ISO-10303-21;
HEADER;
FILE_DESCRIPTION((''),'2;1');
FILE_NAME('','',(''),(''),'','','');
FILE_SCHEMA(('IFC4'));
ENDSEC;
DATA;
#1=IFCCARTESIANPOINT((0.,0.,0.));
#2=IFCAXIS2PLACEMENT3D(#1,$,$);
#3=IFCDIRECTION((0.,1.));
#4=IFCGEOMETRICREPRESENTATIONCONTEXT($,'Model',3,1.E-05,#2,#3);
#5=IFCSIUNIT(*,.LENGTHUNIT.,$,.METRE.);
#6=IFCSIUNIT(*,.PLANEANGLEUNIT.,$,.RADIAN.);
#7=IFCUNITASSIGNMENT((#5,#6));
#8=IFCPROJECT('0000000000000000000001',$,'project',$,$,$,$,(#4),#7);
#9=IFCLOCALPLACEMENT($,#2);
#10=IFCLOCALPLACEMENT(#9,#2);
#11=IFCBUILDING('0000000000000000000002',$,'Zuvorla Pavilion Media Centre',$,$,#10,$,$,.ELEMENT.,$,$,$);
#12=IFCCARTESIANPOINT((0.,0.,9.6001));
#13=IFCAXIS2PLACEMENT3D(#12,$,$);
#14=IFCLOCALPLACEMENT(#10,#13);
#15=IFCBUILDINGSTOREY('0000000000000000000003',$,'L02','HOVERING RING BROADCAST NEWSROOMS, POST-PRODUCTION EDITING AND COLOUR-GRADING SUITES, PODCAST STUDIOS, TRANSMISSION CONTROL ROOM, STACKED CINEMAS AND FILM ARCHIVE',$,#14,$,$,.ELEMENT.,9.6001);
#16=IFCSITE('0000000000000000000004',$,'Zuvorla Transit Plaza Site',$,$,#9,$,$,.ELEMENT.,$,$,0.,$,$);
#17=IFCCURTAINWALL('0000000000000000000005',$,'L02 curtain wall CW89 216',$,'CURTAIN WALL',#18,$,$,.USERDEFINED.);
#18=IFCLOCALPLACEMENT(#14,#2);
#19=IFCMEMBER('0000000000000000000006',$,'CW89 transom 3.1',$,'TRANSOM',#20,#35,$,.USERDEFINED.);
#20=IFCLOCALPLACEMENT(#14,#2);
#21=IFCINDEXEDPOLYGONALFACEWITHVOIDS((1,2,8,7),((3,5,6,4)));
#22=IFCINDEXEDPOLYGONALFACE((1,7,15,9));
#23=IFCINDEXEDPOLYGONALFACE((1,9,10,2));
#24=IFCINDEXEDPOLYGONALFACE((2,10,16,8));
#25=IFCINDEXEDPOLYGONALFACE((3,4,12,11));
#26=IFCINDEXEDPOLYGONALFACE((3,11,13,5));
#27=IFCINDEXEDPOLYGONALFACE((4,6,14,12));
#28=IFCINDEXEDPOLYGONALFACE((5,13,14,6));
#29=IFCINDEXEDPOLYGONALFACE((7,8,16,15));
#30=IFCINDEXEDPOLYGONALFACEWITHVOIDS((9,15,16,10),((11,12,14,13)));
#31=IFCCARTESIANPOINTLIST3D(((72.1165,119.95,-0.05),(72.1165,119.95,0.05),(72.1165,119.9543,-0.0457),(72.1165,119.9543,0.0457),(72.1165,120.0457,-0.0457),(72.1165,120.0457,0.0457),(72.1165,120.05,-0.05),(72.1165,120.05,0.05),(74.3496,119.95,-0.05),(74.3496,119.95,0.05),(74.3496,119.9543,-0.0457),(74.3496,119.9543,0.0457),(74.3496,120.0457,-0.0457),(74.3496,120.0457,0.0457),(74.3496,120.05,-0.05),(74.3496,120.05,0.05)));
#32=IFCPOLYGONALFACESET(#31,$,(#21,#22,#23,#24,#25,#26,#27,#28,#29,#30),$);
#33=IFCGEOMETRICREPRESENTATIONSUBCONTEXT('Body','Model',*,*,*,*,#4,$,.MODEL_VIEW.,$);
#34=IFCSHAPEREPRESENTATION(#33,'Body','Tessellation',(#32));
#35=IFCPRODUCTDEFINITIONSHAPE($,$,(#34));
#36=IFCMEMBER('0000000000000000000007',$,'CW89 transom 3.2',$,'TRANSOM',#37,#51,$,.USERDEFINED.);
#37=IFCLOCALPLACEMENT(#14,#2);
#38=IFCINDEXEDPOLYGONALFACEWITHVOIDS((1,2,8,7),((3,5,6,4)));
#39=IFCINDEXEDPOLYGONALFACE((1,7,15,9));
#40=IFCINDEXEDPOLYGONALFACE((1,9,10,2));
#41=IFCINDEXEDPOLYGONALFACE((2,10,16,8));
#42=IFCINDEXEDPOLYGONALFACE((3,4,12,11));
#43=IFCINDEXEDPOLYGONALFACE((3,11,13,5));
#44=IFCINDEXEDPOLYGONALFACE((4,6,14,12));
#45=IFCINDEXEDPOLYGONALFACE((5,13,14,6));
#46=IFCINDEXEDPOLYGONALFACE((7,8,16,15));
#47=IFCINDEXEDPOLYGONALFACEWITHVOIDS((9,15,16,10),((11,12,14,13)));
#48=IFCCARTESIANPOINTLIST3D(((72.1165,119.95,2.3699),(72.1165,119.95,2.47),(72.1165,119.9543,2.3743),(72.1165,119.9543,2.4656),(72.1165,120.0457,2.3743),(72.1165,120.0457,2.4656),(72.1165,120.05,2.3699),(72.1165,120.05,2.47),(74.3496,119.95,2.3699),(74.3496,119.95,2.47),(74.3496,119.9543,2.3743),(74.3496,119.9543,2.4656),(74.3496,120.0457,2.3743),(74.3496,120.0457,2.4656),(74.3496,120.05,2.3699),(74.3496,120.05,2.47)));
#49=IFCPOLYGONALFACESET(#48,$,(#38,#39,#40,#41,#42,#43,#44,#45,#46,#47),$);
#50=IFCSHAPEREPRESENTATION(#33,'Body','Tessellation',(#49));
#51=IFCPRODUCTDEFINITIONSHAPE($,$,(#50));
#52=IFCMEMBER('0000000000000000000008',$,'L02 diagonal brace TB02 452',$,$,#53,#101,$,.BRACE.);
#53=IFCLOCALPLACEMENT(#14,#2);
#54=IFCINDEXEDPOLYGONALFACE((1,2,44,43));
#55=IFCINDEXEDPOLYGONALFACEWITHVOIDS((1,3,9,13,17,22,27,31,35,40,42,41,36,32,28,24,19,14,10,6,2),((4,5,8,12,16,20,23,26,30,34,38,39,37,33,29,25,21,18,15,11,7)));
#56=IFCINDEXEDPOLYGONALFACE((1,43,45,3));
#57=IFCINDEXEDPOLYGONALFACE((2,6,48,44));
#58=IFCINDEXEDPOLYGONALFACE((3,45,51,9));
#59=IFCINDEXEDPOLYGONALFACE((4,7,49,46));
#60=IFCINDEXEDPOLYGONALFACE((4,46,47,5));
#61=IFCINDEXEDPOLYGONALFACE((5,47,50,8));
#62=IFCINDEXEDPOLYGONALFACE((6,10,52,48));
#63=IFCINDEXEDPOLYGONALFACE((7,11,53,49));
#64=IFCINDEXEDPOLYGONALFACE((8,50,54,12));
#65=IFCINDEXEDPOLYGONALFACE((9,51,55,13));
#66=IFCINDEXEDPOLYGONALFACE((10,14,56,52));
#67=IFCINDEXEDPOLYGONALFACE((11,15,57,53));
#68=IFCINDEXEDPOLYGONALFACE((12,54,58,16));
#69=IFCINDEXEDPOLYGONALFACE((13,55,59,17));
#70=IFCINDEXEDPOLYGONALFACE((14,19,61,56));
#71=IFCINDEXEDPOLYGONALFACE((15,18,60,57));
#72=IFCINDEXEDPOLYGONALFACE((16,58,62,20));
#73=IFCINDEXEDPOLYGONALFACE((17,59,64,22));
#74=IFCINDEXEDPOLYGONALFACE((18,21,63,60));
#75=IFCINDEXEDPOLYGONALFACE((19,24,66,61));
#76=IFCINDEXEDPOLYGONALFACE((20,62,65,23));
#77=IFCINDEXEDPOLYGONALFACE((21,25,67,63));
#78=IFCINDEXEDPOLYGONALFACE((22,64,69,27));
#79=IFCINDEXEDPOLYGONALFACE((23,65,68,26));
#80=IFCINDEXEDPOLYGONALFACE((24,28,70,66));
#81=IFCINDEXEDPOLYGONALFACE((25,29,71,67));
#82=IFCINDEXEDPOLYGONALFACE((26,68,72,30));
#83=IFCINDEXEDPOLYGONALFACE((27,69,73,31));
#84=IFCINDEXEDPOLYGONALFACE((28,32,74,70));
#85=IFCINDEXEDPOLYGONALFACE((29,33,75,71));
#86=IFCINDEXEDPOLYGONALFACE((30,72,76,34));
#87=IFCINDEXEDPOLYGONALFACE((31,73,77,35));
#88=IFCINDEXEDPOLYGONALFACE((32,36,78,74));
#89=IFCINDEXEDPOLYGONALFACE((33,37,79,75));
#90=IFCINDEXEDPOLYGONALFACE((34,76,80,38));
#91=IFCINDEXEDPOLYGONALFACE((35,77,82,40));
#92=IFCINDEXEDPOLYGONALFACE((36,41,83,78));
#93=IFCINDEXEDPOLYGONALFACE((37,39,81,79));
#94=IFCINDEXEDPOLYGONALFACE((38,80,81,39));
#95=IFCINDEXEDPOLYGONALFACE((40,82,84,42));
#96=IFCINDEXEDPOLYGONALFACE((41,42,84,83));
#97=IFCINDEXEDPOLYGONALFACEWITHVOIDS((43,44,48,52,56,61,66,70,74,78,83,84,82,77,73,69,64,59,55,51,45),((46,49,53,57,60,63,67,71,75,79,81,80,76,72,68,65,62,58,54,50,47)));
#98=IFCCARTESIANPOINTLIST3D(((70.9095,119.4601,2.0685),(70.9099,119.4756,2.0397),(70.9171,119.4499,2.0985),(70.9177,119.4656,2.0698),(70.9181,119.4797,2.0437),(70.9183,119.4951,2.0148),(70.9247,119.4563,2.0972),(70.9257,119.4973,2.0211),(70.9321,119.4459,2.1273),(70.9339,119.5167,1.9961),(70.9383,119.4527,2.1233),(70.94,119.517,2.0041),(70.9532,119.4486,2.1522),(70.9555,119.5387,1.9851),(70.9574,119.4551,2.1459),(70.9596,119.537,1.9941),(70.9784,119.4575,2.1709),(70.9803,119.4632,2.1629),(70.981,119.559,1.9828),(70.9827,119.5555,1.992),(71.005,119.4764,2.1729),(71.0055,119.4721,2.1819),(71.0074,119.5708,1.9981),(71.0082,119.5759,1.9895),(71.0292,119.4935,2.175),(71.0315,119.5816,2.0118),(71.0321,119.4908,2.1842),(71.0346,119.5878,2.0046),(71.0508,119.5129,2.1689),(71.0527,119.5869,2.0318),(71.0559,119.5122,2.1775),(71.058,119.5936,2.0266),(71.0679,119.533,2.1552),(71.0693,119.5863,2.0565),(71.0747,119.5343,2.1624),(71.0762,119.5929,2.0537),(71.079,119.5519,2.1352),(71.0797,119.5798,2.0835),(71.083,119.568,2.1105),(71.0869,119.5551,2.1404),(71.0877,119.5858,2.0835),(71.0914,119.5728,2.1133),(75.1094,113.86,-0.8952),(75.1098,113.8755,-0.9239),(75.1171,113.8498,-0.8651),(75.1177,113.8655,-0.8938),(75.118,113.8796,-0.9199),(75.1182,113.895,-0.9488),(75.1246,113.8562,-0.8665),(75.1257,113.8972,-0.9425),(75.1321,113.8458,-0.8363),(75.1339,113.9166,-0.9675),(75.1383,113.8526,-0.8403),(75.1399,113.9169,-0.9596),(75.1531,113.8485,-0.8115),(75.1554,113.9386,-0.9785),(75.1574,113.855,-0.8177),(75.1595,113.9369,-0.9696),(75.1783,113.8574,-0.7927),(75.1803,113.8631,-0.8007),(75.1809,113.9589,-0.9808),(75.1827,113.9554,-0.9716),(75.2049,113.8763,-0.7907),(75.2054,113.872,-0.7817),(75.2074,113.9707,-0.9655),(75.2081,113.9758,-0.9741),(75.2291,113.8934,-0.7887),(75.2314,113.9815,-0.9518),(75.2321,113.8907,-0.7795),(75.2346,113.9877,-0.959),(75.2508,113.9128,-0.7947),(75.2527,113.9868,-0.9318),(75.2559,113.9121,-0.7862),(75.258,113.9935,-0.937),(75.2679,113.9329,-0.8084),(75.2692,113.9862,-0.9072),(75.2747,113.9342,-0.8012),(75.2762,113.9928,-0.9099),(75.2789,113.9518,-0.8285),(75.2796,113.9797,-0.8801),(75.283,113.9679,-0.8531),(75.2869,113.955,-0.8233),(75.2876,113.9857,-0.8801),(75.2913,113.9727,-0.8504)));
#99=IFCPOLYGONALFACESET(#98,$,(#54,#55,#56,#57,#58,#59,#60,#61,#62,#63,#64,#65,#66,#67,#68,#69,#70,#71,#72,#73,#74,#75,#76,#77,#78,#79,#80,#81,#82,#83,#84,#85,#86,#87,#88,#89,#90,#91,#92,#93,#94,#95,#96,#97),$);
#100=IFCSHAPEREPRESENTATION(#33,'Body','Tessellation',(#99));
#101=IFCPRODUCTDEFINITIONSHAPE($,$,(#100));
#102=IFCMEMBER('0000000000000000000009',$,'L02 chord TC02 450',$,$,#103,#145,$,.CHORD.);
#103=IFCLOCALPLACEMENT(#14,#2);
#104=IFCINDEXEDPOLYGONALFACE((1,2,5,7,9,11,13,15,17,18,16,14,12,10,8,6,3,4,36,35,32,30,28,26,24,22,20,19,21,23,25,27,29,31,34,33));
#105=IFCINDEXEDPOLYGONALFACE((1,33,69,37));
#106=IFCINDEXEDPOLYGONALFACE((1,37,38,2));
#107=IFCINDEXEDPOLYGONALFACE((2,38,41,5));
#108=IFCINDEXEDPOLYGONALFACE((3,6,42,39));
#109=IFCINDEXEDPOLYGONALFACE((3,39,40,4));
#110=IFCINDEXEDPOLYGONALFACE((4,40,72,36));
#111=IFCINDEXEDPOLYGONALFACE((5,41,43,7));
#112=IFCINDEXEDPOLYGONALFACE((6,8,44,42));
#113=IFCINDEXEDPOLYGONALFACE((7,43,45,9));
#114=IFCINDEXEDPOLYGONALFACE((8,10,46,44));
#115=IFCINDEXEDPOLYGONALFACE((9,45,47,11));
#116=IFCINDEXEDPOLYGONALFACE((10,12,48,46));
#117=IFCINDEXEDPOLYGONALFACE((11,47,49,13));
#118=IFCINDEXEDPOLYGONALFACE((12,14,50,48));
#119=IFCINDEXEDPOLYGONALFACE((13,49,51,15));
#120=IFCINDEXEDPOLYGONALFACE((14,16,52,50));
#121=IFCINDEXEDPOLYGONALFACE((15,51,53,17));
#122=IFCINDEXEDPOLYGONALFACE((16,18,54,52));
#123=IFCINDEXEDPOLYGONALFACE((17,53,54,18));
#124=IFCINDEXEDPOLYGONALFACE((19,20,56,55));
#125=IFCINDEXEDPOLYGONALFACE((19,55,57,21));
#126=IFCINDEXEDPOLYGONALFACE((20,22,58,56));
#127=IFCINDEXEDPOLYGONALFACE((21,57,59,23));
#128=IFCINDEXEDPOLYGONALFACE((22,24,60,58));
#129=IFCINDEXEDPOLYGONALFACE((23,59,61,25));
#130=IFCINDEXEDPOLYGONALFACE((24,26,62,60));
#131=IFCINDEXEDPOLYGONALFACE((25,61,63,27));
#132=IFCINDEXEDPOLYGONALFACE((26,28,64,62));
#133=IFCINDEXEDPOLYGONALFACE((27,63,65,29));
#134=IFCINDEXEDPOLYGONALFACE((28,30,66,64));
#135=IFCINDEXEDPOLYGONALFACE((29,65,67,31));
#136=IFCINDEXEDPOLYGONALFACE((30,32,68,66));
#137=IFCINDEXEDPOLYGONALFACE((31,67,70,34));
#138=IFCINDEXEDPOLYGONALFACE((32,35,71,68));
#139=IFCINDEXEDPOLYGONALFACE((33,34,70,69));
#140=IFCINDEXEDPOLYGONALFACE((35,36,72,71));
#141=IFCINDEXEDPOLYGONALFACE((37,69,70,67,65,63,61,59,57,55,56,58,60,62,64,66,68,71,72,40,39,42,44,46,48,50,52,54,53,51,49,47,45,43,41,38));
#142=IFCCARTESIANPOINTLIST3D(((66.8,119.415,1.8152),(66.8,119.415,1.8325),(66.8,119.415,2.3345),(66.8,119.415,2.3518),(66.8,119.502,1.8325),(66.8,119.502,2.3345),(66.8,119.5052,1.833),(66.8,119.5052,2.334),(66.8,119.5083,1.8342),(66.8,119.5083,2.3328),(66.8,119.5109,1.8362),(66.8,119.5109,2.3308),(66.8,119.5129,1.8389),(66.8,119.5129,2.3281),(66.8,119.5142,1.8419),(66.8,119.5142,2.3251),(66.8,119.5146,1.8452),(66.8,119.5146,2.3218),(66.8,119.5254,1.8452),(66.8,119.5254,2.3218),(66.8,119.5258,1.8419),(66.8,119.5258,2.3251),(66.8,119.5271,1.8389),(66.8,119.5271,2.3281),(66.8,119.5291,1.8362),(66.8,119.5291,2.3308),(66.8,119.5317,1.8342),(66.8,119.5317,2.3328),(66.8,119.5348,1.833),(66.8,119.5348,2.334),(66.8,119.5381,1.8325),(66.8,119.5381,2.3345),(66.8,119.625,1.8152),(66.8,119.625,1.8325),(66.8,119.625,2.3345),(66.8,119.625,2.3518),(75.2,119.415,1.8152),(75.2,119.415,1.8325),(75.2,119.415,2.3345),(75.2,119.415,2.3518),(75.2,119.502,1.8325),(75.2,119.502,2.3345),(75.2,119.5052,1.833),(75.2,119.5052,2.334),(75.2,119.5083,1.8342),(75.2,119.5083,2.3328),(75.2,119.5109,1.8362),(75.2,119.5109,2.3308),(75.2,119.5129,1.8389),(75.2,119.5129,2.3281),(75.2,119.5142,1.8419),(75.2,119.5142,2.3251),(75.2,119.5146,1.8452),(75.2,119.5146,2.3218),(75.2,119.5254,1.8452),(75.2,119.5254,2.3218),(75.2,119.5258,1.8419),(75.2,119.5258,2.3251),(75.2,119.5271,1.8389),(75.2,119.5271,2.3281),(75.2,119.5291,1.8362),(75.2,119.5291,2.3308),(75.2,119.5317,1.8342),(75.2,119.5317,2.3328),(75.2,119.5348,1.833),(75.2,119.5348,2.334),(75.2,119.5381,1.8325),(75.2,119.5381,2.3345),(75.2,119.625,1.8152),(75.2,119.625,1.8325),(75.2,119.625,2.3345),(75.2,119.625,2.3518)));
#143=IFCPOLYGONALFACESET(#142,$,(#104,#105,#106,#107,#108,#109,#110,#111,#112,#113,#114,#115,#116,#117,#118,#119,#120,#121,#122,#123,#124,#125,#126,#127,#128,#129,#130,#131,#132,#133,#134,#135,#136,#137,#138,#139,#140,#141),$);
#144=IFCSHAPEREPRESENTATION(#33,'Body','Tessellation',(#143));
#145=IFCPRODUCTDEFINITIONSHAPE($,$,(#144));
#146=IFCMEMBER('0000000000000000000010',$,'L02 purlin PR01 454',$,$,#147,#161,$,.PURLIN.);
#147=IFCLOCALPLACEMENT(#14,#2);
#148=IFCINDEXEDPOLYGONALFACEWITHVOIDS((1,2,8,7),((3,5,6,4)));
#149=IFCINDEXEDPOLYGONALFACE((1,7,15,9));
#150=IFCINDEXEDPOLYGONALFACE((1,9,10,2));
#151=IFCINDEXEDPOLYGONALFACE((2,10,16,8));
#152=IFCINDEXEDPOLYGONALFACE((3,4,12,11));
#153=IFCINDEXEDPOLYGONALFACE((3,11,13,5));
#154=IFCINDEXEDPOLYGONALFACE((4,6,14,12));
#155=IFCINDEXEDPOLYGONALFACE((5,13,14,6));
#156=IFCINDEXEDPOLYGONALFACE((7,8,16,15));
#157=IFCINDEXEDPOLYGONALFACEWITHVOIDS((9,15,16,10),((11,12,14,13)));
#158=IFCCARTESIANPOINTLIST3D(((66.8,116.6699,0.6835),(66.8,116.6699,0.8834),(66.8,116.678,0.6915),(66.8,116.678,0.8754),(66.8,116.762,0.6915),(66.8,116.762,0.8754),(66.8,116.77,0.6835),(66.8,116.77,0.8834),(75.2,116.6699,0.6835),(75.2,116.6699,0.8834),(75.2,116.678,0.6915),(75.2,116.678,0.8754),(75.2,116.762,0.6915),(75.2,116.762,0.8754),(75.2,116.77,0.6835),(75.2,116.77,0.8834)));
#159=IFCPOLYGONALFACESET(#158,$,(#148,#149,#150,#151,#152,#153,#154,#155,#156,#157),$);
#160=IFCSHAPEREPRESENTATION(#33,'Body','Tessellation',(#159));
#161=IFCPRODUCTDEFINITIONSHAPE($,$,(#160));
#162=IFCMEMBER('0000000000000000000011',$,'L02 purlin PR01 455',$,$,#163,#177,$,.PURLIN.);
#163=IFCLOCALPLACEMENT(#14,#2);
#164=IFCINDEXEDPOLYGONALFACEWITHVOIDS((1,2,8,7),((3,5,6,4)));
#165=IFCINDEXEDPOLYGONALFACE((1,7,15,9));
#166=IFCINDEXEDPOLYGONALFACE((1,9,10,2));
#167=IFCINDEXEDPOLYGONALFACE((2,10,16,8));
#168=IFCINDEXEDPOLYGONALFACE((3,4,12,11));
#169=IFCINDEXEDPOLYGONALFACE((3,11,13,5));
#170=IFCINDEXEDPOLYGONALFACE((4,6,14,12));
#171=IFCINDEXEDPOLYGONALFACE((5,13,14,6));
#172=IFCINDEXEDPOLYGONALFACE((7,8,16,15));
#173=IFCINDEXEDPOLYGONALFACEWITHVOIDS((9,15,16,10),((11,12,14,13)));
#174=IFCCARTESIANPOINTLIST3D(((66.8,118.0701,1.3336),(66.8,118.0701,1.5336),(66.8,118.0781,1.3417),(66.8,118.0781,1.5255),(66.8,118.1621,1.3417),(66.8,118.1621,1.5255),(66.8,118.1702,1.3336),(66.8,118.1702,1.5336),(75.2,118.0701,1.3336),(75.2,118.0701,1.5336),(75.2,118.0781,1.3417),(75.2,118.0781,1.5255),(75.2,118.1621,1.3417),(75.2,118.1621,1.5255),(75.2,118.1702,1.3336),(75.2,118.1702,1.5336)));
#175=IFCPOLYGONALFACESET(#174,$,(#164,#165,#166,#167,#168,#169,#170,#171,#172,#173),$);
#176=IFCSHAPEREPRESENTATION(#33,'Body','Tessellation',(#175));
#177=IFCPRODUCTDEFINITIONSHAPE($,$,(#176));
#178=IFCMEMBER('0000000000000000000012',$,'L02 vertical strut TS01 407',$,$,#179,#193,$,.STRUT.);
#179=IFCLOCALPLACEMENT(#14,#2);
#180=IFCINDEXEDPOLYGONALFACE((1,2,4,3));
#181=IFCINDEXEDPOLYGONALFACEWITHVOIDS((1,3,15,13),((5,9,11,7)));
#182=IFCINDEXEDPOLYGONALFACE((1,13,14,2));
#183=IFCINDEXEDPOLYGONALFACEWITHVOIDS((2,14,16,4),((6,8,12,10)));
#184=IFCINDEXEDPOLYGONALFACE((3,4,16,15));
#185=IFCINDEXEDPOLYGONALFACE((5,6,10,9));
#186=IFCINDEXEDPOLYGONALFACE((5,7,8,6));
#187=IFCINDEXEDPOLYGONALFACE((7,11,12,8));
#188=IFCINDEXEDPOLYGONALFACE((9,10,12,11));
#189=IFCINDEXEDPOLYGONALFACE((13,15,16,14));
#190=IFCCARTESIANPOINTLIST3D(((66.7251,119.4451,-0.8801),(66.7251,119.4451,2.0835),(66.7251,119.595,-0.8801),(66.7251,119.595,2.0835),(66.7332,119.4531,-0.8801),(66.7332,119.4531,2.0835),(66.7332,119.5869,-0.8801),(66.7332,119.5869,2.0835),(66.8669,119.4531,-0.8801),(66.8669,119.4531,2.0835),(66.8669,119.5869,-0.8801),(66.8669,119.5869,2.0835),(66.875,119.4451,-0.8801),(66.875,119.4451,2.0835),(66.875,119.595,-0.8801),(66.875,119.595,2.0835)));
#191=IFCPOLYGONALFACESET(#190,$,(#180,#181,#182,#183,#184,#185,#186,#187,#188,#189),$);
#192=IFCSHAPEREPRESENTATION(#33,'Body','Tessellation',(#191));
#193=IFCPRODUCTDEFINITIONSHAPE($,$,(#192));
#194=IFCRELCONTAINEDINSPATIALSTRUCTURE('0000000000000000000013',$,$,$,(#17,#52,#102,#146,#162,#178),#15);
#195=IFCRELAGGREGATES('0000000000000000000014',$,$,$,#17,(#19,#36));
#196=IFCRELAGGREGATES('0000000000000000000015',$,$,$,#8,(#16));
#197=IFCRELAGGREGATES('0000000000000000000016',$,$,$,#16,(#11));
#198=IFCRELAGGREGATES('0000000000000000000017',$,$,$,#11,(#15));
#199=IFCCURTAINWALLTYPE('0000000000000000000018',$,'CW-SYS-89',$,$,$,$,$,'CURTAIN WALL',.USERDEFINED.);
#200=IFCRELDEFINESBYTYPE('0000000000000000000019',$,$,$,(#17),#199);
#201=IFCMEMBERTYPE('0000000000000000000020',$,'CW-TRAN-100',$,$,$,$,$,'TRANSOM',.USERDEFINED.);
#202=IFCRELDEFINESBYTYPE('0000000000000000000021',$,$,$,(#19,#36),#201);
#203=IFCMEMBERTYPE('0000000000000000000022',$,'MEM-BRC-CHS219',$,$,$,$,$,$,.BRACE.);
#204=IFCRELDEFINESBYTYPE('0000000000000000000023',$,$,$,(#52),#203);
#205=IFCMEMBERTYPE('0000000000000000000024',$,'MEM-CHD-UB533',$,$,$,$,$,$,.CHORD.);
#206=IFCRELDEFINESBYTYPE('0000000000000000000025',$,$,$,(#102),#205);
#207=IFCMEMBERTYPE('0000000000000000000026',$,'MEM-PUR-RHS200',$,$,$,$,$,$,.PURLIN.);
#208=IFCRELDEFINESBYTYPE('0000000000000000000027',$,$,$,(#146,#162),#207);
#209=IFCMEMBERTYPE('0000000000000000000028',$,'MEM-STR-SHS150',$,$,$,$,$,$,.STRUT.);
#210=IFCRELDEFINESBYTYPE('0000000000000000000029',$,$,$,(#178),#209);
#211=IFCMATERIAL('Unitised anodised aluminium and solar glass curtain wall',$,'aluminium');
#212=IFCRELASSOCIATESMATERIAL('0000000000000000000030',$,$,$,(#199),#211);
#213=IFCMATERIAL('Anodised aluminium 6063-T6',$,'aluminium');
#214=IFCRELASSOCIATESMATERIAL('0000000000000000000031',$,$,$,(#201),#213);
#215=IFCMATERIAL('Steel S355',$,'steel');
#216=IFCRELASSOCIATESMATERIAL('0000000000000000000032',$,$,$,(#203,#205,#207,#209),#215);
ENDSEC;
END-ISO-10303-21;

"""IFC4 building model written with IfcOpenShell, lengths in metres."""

from ifc_helpers import new_model, si_unit, direction, frame, origin, origin_2d, place, context, subcontext, project, spatial, hollow_rectangle, hollow_circle, i_section, extrude, material, material_profile, profile_set, type_object, element, aggregate, save


model = new_model("IFC4")

# Units and contexts
model_context = context("Model", 3, precision=1e-05, world=origin(), true_north=direction((0.0, 1.0)))
body_context = subcontext(model_context, "Body", "Model", "MODEL_VIEW")
ifc_project = project(units=[si_unit("LENGTHUNIT", "METRE"), si_unit("PLANEANGLEUNIT", "RADIAN")], contexts=[model_context])

# Site, building, storey
site_placement = place(None, origin())
site = spatial("IfcSite", under=ifc_project, at=site_placement, Name="Zuvorla Transit Plaza Site", CompositionType="ELEMENT", RefElevation=0.0)
building_placement = place(site_placement, origin())
building = spatial("IfcBuilding", under=site, at=building_placement, Name="Zuvorla Pavilion Media Centre", CompositionType="ELEMENT")
storey_placement = place(building_placement, frame((0.0, 0.0, 9.6001)))
storey = spatial("IfcBuildingStorey", under=building, at=storey_placement, Name="L02", Description="HOVERING RING BROADCAST NEWSROOMS, POST-PRODUCTION EDITING AND COLOUR-GRADING SUITES, PODCAST STUDIOS, TRANSMISSION CONTROL ROOM, STACKED CINEMAS AND FILM ARCHIVE", CompositionType="ELEMENT", Elevation=9.6001)

# Shared definitions
ifc_material_1 = material(Name="Steel S355", Category="steel")

# Curtain wall, members
ifc_material_2 = material(Name="Unitised anodised aluminium and solar glass curtain wall", Category="aluminium")
curtain_wall_type = type_object("IfcCurtainWallType", Name="CW-SYS-89", ElementType="CURTAIN WALL", PredefinedType="USERDEFINED", material=ifc_material_2)
curtain_wall_placement = place(storey_placement, origin())
curtain_wall = element("IfcCurtainWall", 1, at=curtain_wall_placement, inside=storey, type_object=curtain_wall_type, Name="L02 curtain wall CW89 216", ObjectType="CURTAIN WALL", PredefinedType="USERDEFINED")
ifc_material_3 = material(Name="Anodised aluminium 6063-T6", Category="aluminium")
ifc_material_profile_1 = material_profile(ifc_material_3, hollow_rectangle(XDim=0.1001, YDim=0.1001, WallThickness=0.0044, at=origin_2d()), Name="ALU TRAN 100x100")
ifc_profile_set_1 = profile_set([ifc_material_profile_1], Name="Anodised aluminium 6063-T6")
member_type_1 = type_object("IfcMemberType", Name="CW-TRAN-100", ElementType="TRANSOM", PredefinedType="USERDEFINED", material=ifc_profile_set_1)
member_1_placement = place(storey_placement, frame((72.1165, 120.0, 0.0), z_axis=(1.0, 0.0, 0.0), x_axis=(0.0, 1.0, 0.0)))
member_1 = element("IfcMember", 2, at=member_1_placement, type_object=member_type_1, Name="CW89 transom 3.1", ObjectType="TRANSOM", PredefinedType="USERDEFINED", context=body_context, shape_type="SweptSolid", body=[
    extrude(hollow_rectangle(XDim=0.1001, YDim=0.1001, WallThickness=0.0044, at=origin_2d()), origin(), (0.0, 0.0, 1.0), 2.2332),
])
member_2_placement = place(storey_placement, frame((72.1165, 120.0, 2.4199), z_axis=(1.0, 0.0, 0.0), x_axis=(0.0, 1.0, 0.0)))
member_2 = element("IfcMember", 3, at=member_2_placement, type_object=member_type_1, Name="CW89 transom 3.2", ObjectType="TRANSOM", PredefinedType="USERDEFINED", context=body_context, shape_type="SweptSolid", body=[
    extrude(hollow_rectangle(XDim=0.1001, YDim=0.1001, WallThickness=0.0044, at=origin_2d()), origin(), (0.0, 0.0, 1.0), 2.2332),
])

# Members
ifc_material_profile_2 = material_profile(ifc_material_1, hollow_circle(Radius=0.1096, WallThickness=0.01, at=origin_2d()), Name="CHS 219.1x10")
ifc_profile_set_2 = profile_set([ifc_material_profile_2], Name="Steel S355")
member_type_2 = type_object("IfcMemberType", Name="MEM-BRC-CHS219", PredefinedType="BRACE", material=ifc_profile_set_2)
member_3_placement = place(storey_placement, frame((71.0, 119.52, 2.0835), z_axis=(0.552512, -0.736704, -0.38987), x_axis=(0.800008, 0.599989, 0.0)))
element("IfcMember", 4, at=member_3_placement, inside=storey, type_object=member_type_2, Name="L02 diagonal brace TB02 452", PredefinedType="BRACE", context=body_context, shape_type="SweptSolid", body=[
    extrude(hollow_circle(Radius=0.1096, WallThickness=0.01, at=origin_2d()), origin(), (0.0, 0.0, 1.0), 7.6016),
])
ifc_material_profile_3 = material_profile(ifc_material_1, i_section(OverallWidth=0.21, OverallDepth=0.5366, WebThickness=0.0107, FlangeThickness=0.0173, FilletRadius=0.0127, at=origin_2d()), Name="UB 533x210x101")
ifc_profile_set_3 = profile_set([ifc_material_profile_3], Name="Steel S355")
member_type_3 = type_object("IfcMemberType", Name="MEM-CHD-UB533", PredefinedType="CHORD", material=ifc_profile_set_3)
member_4_placement = place(storey_placement, frame((66.8, 119.52, 2.0835), z_axis=(1.0, 0.0, 0.0), x_axis=(0.0, 1.0, 0.0)))
element("IfcMember", 5, at=member_4_placement, inside=storey, type_object=member_type_3, Name="L02 chord TC02 450", PredefinedType="CHORD", context=body_context, shape_type="SweptSolid", body=[
    extrude(i_section(OverallWidth=0.21, OverallDepth=0.5366, WebThickness=0.0107, FlangeThickness=0.0173, FilletRadius=0.0127, at=origin_2d()), origin(), (0.0, 0.0, 1.0), 8.3999),
])
ifc_material_profile_4 = material_profile(ifc_material_1, hollow_rectangle(XDim=0.1001, YDim=0.2, WallThickness=0.0081, at=origin_2d()), Name="RHS 200x100x8")
ifc_profile_set_4 = profile_set([ifc_material_profile_4], Name="Steel S355")
member_type_4 = type_object("IfcMemberType", Name="MEM-PUR-RHS200", PredefinedType="PURLIN", material=ifc_profile_set_4)
for number, where, z_axis, x_axis, name in (
    (6, (66.8, 116.72, 0.7834), (1.0, 0.0, 0.0), (0.0, 1.0, 0.0), "L02 purlin PR01 454"),
    (7, (66.8, 118.1201, 1.4336), (1.0, 0.0, 0.0), (0.0, 1.0, 0.0), "L02 purlin PR01 455"),
):
    element("IfcMember", number, at=place(storey_placement, frame(where, z_axis=z_axis, x_axis=x_axis)), inside=storey, type_object=member_type_4, Name=name, PredefinedType="PURLIN", context=body_context, shape_type="SweptSolid", body=[
        extrude(hollow_rectangle(XDim=0.1001, YDim=0.2, WallThickness=0.0081, at=origin_2d()), origin(), (0.0, 0.0, 1.0), 8.3999),
    ])
ifc_material_profile_5 = material_profile(ifc_material_1, hollow_rectangle(XDim=0.1499, YDim=0.1499, WallThickness=0.0081, at=origin_2d()), Name="SHS 150x150x8")
ifc_profile_set_5 = profile_set([ifc_material_profile_5], Name="Steel S355")
member_type_5 = type_object("IfcMemberType", Name="MEM-STR-SHS150", PredefinedType="STRUT", material=ifc_profile_set_5)
member_5_placement = place(storey_placement, frame((66.8, 119.52, -0.8801), z_axis=(0.0, 0.0, 1.0), x_axis=(1.0, 0.0, 0.0)))
element("IfcMember", 8, at=member_5_placement, inside=storey, type_object=member_type_5, Name="L02 vertical strut TS01 407", PredefinedType="STRUT", context=body_context, shape_type="SweptSolid", body=[
    extrude(hollow_rectangle(XDim=0.1499, YDim=0.1499, WallThickness=0.0081, at=origin_2d()), origin(), (0.0, 0.0, 1.0), 2.9636),
])

aggregate(curtain_wall, [member_1, member_2])

save(model, "model.ifc")
